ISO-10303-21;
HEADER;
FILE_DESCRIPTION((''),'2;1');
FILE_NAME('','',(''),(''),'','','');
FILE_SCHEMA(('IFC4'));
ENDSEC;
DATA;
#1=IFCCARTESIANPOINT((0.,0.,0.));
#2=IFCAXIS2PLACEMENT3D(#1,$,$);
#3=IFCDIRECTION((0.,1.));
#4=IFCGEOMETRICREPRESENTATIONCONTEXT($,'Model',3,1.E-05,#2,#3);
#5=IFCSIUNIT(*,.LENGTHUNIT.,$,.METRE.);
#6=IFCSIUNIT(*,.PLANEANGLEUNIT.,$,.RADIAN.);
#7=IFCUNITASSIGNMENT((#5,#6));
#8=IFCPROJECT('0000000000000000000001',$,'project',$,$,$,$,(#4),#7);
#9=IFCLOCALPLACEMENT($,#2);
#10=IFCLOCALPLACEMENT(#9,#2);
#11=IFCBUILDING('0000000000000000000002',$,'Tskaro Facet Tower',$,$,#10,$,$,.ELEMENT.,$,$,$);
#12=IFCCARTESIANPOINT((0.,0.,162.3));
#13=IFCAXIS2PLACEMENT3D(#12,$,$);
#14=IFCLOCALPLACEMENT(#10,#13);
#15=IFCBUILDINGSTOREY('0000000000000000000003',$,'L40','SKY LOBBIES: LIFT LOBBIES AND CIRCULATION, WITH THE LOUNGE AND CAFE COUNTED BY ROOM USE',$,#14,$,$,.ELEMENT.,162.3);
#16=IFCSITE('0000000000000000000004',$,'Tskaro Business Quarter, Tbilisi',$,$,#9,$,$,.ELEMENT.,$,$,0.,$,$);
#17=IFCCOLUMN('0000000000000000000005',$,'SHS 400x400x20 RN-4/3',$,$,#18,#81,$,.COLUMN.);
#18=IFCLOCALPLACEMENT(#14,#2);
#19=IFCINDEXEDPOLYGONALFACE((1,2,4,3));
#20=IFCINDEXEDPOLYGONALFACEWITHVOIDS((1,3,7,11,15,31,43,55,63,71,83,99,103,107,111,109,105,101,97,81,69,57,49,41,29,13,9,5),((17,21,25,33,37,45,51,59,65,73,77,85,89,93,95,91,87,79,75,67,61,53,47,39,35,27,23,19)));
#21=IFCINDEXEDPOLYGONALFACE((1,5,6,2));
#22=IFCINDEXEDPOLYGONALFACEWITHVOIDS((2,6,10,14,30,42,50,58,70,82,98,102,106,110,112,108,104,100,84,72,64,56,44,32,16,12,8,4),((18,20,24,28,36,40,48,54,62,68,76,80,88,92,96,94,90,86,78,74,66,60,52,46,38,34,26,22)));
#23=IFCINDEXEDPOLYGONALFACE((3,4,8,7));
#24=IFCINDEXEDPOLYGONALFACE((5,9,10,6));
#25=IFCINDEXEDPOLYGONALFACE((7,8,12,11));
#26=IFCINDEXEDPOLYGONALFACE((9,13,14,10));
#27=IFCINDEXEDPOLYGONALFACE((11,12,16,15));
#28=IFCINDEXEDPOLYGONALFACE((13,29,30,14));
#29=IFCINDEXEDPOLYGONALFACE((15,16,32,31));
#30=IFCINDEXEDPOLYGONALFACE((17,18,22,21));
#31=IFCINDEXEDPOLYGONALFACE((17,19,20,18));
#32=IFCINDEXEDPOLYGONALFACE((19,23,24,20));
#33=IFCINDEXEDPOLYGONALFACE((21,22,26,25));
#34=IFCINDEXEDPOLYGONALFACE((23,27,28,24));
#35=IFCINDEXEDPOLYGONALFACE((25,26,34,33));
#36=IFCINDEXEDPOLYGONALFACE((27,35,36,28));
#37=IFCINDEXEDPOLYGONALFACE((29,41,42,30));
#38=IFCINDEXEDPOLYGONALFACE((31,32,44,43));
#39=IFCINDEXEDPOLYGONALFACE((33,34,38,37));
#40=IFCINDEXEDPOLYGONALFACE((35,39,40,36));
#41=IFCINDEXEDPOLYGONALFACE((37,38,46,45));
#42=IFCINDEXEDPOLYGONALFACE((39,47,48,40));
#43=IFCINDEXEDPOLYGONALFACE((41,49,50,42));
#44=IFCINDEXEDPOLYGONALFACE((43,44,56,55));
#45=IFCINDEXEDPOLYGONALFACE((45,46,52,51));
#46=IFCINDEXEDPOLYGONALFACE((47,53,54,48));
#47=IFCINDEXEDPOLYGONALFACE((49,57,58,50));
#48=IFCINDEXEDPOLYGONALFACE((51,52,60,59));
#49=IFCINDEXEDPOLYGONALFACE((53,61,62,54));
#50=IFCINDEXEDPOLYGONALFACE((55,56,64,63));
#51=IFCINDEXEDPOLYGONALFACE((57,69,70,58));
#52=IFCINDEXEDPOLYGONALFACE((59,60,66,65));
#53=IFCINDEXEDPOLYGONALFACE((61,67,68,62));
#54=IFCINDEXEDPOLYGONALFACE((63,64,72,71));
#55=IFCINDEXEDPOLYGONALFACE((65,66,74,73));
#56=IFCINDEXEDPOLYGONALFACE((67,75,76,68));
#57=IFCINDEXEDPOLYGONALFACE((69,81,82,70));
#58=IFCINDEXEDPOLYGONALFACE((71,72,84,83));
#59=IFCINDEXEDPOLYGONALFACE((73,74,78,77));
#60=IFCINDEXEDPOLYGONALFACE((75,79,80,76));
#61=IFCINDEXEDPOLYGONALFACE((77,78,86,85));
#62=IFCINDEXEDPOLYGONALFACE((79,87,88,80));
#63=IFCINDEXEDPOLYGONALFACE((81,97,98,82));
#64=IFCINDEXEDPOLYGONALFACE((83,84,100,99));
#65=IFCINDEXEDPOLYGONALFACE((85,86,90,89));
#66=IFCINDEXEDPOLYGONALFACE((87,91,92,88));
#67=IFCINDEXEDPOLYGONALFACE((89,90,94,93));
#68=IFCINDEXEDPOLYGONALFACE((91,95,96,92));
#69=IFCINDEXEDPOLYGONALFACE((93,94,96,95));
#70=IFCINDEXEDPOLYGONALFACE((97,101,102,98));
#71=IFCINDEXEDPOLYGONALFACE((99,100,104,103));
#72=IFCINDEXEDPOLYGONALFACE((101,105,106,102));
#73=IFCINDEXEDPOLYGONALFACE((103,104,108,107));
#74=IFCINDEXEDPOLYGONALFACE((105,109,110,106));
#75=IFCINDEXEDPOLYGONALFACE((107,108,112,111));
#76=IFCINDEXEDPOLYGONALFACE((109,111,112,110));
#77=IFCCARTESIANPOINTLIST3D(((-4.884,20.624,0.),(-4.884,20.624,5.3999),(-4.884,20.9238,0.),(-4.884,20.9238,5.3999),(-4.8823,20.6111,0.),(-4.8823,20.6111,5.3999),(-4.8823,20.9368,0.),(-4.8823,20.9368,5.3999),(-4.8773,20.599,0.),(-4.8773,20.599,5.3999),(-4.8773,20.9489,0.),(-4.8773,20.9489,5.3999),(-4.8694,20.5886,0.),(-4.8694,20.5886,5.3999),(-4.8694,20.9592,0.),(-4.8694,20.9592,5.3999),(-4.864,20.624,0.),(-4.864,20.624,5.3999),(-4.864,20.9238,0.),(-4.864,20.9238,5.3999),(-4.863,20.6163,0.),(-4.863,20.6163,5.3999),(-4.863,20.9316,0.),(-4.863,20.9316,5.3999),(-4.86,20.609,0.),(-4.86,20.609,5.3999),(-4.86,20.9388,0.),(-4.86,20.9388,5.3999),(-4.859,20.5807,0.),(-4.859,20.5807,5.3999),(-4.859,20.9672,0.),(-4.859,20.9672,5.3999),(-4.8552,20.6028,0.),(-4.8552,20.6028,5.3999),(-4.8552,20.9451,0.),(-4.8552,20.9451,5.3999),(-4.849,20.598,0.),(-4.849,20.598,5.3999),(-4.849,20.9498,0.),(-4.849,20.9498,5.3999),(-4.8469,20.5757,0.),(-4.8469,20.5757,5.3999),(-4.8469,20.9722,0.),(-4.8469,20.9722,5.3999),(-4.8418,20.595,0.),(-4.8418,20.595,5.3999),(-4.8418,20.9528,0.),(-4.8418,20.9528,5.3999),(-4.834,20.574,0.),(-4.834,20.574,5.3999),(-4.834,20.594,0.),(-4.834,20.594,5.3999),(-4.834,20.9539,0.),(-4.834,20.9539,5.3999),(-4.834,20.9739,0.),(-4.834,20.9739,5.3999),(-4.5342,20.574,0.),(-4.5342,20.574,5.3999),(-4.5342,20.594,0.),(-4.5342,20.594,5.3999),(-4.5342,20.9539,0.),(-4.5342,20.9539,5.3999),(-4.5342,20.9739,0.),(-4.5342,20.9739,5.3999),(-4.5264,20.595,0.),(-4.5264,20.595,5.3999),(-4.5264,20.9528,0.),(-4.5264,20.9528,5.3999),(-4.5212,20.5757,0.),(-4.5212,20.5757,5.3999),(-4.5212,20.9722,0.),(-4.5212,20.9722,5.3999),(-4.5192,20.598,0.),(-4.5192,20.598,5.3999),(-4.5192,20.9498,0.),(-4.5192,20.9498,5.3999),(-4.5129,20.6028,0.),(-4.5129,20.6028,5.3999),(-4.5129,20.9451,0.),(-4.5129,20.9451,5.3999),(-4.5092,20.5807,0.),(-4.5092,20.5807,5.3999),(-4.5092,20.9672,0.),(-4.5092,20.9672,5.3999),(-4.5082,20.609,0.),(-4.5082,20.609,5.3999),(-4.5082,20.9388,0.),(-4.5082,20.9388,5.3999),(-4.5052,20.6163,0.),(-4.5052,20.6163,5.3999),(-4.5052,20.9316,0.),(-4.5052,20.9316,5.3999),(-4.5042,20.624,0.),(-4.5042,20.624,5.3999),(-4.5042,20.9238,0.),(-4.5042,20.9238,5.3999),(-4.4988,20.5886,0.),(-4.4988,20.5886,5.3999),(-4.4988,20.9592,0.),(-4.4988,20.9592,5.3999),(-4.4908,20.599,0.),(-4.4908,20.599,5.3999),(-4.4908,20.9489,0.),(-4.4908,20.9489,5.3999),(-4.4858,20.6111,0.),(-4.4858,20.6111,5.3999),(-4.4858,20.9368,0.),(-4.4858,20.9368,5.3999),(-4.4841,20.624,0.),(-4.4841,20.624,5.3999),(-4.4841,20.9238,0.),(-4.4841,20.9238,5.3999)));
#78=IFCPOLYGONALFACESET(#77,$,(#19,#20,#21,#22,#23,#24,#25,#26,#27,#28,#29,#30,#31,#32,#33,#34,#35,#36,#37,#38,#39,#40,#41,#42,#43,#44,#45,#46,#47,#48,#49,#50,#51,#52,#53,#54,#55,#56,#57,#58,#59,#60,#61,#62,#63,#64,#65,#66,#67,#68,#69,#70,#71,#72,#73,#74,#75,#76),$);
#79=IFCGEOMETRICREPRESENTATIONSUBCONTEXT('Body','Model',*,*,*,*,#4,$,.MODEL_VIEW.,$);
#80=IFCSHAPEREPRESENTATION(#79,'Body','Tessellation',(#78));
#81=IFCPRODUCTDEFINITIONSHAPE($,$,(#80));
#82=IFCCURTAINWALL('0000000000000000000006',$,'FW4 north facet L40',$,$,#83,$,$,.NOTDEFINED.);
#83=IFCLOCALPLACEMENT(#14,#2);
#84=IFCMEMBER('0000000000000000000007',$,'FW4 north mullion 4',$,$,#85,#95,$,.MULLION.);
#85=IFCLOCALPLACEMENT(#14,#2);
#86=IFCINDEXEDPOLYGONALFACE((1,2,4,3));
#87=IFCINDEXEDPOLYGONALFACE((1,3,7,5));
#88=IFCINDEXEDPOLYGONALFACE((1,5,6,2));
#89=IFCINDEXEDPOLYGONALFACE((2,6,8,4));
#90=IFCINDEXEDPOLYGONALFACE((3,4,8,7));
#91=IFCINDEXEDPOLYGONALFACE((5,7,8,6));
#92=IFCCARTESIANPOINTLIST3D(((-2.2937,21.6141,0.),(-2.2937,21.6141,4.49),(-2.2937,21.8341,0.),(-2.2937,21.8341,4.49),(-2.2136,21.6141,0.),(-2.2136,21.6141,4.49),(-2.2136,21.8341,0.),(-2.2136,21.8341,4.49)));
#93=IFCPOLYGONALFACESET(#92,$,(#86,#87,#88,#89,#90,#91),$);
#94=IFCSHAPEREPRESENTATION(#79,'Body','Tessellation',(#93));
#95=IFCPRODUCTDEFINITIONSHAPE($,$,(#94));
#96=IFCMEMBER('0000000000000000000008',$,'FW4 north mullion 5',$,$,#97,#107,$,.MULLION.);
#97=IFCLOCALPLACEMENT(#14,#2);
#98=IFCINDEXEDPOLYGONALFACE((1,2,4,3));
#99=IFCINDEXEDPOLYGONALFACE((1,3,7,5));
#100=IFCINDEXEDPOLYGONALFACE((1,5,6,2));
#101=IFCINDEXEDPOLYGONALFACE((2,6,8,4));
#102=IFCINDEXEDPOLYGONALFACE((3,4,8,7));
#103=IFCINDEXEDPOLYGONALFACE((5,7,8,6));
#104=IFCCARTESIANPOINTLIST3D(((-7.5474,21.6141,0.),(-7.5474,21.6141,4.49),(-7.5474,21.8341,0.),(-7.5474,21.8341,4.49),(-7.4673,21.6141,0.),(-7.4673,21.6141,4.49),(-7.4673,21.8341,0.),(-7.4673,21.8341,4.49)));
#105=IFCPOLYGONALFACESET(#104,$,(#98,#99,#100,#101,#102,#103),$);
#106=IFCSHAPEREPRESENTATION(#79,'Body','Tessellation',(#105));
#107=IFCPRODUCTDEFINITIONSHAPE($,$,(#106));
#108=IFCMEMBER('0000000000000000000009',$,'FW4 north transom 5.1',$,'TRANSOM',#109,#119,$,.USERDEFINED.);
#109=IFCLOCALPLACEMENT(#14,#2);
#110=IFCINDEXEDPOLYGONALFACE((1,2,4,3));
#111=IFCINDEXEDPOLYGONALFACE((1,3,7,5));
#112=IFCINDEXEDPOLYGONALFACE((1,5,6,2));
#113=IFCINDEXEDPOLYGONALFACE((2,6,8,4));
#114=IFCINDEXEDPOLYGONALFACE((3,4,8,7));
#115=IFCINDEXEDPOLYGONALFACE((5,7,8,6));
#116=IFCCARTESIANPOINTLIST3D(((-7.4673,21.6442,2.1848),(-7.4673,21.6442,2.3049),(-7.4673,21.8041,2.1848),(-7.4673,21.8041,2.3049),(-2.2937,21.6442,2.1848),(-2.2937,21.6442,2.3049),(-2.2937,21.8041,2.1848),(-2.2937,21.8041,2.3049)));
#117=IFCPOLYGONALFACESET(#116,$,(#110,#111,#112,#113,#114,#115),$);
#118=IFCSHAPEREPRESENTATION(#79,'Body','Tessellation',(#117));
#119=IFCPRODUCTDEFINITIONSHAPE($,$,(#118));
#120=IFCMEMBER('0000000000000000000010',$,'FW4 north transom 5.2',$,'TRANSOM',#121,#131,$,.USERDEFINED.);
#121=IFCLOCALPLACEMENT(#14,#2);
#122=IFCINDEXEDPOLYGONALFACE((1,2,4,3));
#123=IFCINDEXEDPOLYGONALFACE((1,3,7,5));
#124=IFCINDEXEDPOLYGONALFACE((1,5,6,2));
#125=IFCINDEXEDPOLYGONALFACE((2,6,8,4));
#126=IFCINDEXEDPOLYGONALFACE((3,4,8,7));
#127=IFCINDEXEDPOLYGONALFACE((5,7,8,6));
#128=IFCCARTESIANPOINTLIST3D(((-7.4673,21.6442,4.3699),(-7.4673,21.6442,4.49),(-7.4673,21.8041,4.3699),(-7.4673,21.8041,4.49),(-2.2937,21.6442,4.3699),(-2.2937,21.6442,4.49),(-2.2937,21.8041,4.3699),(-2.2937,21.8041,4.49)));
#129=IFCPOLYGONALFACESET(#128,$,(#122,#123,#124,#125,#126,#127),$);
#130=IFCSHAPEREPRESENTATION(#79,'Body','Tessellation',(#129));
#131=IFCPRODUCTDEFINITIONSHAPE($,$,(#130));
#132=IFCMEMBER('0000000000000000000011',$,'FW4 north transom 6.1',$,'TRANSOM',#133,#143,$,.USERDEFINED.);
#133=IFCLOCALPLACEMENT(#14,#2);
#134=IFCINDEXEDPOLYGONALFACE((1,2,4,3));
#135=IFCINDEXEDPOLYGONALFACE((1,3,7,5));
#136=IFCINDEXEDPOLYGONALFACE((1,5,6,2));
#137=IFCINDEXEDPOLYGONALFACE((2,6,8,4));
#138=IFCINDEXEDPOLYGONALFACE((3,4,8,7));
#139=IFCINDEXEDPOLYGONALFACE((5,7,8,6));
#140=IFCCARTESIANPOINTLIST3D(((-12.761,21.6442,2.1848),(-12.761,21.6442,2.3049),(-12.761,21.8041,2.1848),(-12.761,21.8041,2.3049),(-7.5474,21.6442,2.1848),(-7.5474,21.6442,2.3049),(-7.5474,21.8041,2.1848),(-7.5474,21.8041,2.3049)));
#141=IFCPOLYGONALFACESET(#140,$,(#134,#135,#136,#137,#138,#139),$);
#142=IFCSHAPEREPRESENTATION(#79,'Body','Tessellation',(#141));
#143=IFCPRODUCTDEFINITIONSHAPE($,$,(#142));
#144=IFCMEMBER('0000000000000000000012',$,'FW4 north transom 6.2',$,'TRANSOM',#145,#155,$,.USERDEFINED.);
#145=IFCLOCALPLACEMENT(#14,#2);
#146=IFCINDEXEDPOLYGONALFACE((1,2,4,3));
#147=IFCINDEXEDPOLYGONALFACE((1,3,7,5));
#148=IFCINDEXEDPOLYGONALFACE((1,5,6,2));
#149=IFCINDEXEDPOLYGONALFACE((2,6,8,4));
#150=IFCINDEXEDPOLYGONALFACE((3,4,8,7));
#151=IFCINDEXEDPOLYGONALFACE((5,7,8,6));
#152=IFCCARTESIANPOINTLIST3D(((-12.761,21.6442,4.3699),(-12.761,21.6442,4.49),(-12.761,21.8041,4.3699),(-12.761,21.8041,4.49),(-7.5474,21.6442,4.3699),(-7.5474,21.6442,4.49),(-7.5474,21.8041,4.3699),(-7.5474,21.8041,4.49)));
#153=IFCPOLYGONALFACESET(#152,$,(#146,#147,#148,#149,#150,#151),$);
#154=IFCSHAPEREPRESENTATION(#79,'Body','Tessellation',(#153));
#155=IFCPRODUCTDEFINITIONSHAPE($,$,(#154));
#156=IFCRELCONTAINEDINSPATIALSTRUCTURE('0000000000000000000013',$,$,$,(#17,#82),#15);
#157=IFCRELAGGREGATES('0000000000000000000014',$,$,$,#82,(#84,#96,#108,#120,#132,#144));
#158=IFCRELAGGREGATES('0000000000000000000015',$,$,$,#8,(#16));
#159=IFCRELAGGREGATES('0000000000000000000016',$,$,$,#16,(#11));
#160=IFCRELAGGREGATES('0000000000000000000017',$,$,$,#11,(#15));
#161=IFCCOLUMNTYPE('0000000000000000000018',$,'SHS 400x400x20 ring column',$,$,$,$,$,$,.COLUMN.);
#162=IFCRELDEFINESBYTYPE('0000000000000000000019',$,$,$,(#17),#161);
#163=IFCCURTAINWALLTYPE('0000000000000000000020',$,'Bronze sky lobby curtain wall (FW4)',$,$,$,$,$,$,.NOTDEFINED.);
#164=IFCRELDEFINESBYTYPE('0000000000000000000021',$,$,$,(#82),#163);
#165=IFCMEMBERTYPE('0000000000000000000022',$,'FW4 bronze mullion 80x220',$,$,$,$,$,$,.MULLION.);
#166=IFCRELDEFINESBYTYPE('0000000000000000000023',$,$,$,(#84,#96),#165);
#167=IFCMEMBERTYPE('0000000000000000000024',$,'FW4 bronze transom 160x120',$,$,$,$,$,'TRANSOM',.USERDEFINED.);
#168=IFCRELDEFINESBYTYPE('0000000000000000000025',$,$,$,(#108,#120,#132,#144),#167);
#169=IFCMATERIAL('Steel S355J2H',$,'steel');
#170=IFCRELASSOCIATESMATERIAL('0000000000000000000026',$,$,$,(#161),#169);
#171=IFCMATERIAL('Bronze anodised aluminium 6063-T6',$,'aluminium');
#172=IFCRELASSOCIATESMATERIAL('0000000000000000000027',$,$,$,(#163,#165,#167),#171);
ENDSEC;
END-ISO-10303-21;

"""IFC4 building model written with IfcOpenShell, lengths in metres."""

from ifc_helpers import new_model, si_unit, direction, frame, origin, origin_2d, place, context, subcontext, project, spatial, rectangle, hollow_rectangle, extrude, material, material_profile, profile_set, type_object, element, aggregate, save


model = new_model("IFC4")

# Units and contexts
model_context = context("Model", 3, precision=1e-05, world=origin(), true_north=direction((0.0, 1.0)))
body_context = subcontext(model_context, "Body", "Model", "MODEL_VIEW")
ifc_project = project(units=[si_unit("LENGTHUNIT", "METRE"), si_unit("PLANEANGLEUNIT", "RADIAN")], contexts=[model_context])

# Site, building, storey
site_placement = place(None, origin())
site = spatial("IfcSite", under=ifc_project, at=site_placement, Name="Tskaro Business Quarter, Tbilisi", CompositionType="ELEMENT", RefElevation=0.0)
building_placement = place(site_placement, origin())
building = spatial("IfcBuilding", under=site, at=building_placement, Name="Tskaro Facet Tower", CompositionType="ELEMENT")
storey_placement = place(building_placement, frame((0.0, 0.0, 162.3)))
storey = spatial("IfcBuildingStorey", under=building, at=storey_placement, Name="L40", Description="SKY LOBBIES: LIFT LOBBIES AND CIRCULATION, WITH THE LOUNGE AND CAFE COUNTED BY ROOM USE", CompositionType="ELEMENT", Elevation=162.3)

# Column
ifc_material_1 = material(Name="Steel S355J2H", Category="steel")
ifc_material_profile_1 = material_profile(ifc_material_1, hollow_rectangle(XDim=0.3999, YDim=0.3999, WallThickness=0.02, InnerFilletRadius=0.03, OuterFilletRadius=0.05, at=origin_2d()), Name="SHS 400x400x20")
ifc_profile_set_1 = profile_set([ifc_material_profile_1], Name="Steel S355J2H")
column_type_1 = type_object("IfcColumnType", Name="SHS 400x400x20 ring column", PredefinedType="COLUMN", material=ifc_profile_set_1)
column_placement = place(storey_placement, frame((-4.6841, 20.7739, 0.0), z_axis=(0.0, 0.0, 1.0), x_axis=(1.0, 0.0, 0.0)))
element("IfcColumn", 1, at=column_placement, inside=storey, type_object=column_type_1, Name="SHS 400x400x20 RN-4/3", PredefinedType="COLUMN", context=body_context, shape_type="SweptSolid", body=[
    extrude(hollow_rectangle(XDim=0.3999, YDim=0.3999, WallThickness=0.02, InnerFilletRadius=0.03, OuterFilletRadius=0.05, at=origin_2d()), origin(), (0.0, 0.0, 1.0), 5.3999),
])

# Curtain wall, members
ifc_material_2 = material(Name="Bronze anodised aluminium 6063-T6", Category="aluminium")
curtain_wall_type = type_object("IfcCurtainWallType", Name="Bronze sky lobby curtain wall (FW4)", PredefinedType="NOTDEFINED", material=ifc_material_2)
curtain_wall_placement = place(storey_placement, origin())
curtain_wall = element("IfcCurtainWall", 2, at=curtain_wall_placement, inside=storey, type_object=curtain_wall_type, Name="FW4 north facet L40", PredefinedType="NOTDEFINED")
ifc_material_profile_2 = material_profile(ifc_material_2, rectangle(XDim=0.0801, YDim=0.22, at=origin_2d()), Name="Mullion 80x220")
ifc_profile_set_2 = profile_set([ifc_material_profile_2], Name="Bronze anodised aluminium 6063-T6")
member_type_1 = type_object("IfcMemberType", Name="FW4 bronze mullion 80x220", PredefinedType="MULLION", material=ifc_profile_set_2)
member_1_placement = place(storey_placement, frame((-2.2537, 21.7241, 0.0), z_axis=(0.0, 0.0, 1.0), x_axis=(-1.0, 0.0, 0.0)))
member_1 = element("IfcMember", 3, at=member_1_placement, type_object=member_type_1, Name="FW4 north mullion 4", PredefinedType="MULLION", context=body_context, shape_type="SweptSolid", body=[
    extrude(rectangle(XDim=0.0801, YDim=0.22, at=origin_2d()), origin(), (0.0, 0.0, 1.0), 4.49),
])
member_2_placement = place(storey_placement, frame((-7.5073, 21.7241, 0.0), z_axis=(0.0, 0.0, 1.0), x_axis=(-1.0, 0.0, 0.0)))
member_2 = element("IfcMember", 4, at=member_2_placement, type_object=member_type_1, Name="FW4 north mullion 5", PredefinedType="MULLION", context=body_context, shape_type="SweptSolid", body=[
    extrude(rectangle(XDim=0.0801, YDim=0.22, at=origin_2d()), origin(), (0.0, 0.0, 1.0), 4.49),
])
ifc_material_profile_3 = material_profile(ifc_material_2, rectangle(XDim=0.1599, YDim=0.1201, at=origin_2d()), Name="Transom 160x120")
ifc_profile_set_3 = profile_set([ifc_material_profile_3], Name="Bronze anodised aluminium 6063-T6")
member_type_2 = type_object("IfcMemberType", Name="FW4 bronze transom 160x120", ElementType="TRANSOM", PredefinedType="USERDEFINED", material=ifc_profile_set_3)
member_3_placement = place(storey_placement, frame((-2.2937, 21.7241, 2.2449), z_axis=(-1.0, 0.0, 0.0), x_axis=(0.0, -1.0, 0.0)))
member_3 = element("IfcMember", 5, at=member_3_placement, type_object=member_type_2, Name="FW4 north transom 5.1", ObjectType="TRANSOM", PredefinedType="USERDEFINED", context=body_context, shape_type="SweptSolid", body=[
    extrude(rectangle(XDim=0.1599, YDim=0.1201, at=origin_2d()), origin(), (0.0, 0.0, 1.0), 5.1736),
])
member_4_placement = place(storey_placement, frame((-2.2937, 21.7241, 4.4299), z_axis=(-1.0, 0.0, 0.0), x_axis=(0.0, -1.0, 0.0)))
member_4 = element("IfcMember", 6, at=member_4_placement, type_object=member_type_2, Name="FW4 north transom 5.2", ObjectType="TRANSOM", PredefinedType="USERDEFINED", context=body_context, shape_type="SweptSolid", body=[
    extrude(rectangle(XDim=0.1599, YDim=0.1201, at=origin_2d()), origin(), (0.0, 0.0, 1.0), 5.1736),
])
member_5_placement = place(storey_placement, frame((-7.5474, 21.7241, 2.2449), z_axis=(-1.0, 0.0, 0.0), x_axis=(0.0, -1.0, 0.0)))
member_5 = element("IfcMember", 7, at=member_5_placement, type_object=member_type_2, Name="FW4 north transom 6.1", ObjectType="TRANSOM", PredefinedType="USERDEFINED", context=body_context, shape_type="SweptSolid", body=[
    extrude(rectangle(XDim=0.1599, YDim=0.1201, at=origin_2d()), origin(), (0.0, 0.0, 1.0), 5.2136),
])
member_6_placement = place(storey_placement, frame((-7.5474, 21.7241, 4.4299), z_axis=(-1.0, 0.0, 0.0), x_axis=(0.0, -1.0, 0.0)))
member_6 = element("IfcMember", 8, at=member_6_placement, type_object=member_type_2, Name="FW4 north transom 6.2", ObjectType="TRANSOM", PredefinedType="USERDEFINED", context=body_context, shape_type="SweptSolid", body=[
    extrude(rectangle(XDim=0.1599, YDim=0.1201, at=origin_2d()), origin(), (0.0, 0.0, 1.0), 5.2136),
])

aggregate(curtain_wall, [member_1, member_2, member_3, member_4, member_5, member_6])

save(model, "model.ifc")
